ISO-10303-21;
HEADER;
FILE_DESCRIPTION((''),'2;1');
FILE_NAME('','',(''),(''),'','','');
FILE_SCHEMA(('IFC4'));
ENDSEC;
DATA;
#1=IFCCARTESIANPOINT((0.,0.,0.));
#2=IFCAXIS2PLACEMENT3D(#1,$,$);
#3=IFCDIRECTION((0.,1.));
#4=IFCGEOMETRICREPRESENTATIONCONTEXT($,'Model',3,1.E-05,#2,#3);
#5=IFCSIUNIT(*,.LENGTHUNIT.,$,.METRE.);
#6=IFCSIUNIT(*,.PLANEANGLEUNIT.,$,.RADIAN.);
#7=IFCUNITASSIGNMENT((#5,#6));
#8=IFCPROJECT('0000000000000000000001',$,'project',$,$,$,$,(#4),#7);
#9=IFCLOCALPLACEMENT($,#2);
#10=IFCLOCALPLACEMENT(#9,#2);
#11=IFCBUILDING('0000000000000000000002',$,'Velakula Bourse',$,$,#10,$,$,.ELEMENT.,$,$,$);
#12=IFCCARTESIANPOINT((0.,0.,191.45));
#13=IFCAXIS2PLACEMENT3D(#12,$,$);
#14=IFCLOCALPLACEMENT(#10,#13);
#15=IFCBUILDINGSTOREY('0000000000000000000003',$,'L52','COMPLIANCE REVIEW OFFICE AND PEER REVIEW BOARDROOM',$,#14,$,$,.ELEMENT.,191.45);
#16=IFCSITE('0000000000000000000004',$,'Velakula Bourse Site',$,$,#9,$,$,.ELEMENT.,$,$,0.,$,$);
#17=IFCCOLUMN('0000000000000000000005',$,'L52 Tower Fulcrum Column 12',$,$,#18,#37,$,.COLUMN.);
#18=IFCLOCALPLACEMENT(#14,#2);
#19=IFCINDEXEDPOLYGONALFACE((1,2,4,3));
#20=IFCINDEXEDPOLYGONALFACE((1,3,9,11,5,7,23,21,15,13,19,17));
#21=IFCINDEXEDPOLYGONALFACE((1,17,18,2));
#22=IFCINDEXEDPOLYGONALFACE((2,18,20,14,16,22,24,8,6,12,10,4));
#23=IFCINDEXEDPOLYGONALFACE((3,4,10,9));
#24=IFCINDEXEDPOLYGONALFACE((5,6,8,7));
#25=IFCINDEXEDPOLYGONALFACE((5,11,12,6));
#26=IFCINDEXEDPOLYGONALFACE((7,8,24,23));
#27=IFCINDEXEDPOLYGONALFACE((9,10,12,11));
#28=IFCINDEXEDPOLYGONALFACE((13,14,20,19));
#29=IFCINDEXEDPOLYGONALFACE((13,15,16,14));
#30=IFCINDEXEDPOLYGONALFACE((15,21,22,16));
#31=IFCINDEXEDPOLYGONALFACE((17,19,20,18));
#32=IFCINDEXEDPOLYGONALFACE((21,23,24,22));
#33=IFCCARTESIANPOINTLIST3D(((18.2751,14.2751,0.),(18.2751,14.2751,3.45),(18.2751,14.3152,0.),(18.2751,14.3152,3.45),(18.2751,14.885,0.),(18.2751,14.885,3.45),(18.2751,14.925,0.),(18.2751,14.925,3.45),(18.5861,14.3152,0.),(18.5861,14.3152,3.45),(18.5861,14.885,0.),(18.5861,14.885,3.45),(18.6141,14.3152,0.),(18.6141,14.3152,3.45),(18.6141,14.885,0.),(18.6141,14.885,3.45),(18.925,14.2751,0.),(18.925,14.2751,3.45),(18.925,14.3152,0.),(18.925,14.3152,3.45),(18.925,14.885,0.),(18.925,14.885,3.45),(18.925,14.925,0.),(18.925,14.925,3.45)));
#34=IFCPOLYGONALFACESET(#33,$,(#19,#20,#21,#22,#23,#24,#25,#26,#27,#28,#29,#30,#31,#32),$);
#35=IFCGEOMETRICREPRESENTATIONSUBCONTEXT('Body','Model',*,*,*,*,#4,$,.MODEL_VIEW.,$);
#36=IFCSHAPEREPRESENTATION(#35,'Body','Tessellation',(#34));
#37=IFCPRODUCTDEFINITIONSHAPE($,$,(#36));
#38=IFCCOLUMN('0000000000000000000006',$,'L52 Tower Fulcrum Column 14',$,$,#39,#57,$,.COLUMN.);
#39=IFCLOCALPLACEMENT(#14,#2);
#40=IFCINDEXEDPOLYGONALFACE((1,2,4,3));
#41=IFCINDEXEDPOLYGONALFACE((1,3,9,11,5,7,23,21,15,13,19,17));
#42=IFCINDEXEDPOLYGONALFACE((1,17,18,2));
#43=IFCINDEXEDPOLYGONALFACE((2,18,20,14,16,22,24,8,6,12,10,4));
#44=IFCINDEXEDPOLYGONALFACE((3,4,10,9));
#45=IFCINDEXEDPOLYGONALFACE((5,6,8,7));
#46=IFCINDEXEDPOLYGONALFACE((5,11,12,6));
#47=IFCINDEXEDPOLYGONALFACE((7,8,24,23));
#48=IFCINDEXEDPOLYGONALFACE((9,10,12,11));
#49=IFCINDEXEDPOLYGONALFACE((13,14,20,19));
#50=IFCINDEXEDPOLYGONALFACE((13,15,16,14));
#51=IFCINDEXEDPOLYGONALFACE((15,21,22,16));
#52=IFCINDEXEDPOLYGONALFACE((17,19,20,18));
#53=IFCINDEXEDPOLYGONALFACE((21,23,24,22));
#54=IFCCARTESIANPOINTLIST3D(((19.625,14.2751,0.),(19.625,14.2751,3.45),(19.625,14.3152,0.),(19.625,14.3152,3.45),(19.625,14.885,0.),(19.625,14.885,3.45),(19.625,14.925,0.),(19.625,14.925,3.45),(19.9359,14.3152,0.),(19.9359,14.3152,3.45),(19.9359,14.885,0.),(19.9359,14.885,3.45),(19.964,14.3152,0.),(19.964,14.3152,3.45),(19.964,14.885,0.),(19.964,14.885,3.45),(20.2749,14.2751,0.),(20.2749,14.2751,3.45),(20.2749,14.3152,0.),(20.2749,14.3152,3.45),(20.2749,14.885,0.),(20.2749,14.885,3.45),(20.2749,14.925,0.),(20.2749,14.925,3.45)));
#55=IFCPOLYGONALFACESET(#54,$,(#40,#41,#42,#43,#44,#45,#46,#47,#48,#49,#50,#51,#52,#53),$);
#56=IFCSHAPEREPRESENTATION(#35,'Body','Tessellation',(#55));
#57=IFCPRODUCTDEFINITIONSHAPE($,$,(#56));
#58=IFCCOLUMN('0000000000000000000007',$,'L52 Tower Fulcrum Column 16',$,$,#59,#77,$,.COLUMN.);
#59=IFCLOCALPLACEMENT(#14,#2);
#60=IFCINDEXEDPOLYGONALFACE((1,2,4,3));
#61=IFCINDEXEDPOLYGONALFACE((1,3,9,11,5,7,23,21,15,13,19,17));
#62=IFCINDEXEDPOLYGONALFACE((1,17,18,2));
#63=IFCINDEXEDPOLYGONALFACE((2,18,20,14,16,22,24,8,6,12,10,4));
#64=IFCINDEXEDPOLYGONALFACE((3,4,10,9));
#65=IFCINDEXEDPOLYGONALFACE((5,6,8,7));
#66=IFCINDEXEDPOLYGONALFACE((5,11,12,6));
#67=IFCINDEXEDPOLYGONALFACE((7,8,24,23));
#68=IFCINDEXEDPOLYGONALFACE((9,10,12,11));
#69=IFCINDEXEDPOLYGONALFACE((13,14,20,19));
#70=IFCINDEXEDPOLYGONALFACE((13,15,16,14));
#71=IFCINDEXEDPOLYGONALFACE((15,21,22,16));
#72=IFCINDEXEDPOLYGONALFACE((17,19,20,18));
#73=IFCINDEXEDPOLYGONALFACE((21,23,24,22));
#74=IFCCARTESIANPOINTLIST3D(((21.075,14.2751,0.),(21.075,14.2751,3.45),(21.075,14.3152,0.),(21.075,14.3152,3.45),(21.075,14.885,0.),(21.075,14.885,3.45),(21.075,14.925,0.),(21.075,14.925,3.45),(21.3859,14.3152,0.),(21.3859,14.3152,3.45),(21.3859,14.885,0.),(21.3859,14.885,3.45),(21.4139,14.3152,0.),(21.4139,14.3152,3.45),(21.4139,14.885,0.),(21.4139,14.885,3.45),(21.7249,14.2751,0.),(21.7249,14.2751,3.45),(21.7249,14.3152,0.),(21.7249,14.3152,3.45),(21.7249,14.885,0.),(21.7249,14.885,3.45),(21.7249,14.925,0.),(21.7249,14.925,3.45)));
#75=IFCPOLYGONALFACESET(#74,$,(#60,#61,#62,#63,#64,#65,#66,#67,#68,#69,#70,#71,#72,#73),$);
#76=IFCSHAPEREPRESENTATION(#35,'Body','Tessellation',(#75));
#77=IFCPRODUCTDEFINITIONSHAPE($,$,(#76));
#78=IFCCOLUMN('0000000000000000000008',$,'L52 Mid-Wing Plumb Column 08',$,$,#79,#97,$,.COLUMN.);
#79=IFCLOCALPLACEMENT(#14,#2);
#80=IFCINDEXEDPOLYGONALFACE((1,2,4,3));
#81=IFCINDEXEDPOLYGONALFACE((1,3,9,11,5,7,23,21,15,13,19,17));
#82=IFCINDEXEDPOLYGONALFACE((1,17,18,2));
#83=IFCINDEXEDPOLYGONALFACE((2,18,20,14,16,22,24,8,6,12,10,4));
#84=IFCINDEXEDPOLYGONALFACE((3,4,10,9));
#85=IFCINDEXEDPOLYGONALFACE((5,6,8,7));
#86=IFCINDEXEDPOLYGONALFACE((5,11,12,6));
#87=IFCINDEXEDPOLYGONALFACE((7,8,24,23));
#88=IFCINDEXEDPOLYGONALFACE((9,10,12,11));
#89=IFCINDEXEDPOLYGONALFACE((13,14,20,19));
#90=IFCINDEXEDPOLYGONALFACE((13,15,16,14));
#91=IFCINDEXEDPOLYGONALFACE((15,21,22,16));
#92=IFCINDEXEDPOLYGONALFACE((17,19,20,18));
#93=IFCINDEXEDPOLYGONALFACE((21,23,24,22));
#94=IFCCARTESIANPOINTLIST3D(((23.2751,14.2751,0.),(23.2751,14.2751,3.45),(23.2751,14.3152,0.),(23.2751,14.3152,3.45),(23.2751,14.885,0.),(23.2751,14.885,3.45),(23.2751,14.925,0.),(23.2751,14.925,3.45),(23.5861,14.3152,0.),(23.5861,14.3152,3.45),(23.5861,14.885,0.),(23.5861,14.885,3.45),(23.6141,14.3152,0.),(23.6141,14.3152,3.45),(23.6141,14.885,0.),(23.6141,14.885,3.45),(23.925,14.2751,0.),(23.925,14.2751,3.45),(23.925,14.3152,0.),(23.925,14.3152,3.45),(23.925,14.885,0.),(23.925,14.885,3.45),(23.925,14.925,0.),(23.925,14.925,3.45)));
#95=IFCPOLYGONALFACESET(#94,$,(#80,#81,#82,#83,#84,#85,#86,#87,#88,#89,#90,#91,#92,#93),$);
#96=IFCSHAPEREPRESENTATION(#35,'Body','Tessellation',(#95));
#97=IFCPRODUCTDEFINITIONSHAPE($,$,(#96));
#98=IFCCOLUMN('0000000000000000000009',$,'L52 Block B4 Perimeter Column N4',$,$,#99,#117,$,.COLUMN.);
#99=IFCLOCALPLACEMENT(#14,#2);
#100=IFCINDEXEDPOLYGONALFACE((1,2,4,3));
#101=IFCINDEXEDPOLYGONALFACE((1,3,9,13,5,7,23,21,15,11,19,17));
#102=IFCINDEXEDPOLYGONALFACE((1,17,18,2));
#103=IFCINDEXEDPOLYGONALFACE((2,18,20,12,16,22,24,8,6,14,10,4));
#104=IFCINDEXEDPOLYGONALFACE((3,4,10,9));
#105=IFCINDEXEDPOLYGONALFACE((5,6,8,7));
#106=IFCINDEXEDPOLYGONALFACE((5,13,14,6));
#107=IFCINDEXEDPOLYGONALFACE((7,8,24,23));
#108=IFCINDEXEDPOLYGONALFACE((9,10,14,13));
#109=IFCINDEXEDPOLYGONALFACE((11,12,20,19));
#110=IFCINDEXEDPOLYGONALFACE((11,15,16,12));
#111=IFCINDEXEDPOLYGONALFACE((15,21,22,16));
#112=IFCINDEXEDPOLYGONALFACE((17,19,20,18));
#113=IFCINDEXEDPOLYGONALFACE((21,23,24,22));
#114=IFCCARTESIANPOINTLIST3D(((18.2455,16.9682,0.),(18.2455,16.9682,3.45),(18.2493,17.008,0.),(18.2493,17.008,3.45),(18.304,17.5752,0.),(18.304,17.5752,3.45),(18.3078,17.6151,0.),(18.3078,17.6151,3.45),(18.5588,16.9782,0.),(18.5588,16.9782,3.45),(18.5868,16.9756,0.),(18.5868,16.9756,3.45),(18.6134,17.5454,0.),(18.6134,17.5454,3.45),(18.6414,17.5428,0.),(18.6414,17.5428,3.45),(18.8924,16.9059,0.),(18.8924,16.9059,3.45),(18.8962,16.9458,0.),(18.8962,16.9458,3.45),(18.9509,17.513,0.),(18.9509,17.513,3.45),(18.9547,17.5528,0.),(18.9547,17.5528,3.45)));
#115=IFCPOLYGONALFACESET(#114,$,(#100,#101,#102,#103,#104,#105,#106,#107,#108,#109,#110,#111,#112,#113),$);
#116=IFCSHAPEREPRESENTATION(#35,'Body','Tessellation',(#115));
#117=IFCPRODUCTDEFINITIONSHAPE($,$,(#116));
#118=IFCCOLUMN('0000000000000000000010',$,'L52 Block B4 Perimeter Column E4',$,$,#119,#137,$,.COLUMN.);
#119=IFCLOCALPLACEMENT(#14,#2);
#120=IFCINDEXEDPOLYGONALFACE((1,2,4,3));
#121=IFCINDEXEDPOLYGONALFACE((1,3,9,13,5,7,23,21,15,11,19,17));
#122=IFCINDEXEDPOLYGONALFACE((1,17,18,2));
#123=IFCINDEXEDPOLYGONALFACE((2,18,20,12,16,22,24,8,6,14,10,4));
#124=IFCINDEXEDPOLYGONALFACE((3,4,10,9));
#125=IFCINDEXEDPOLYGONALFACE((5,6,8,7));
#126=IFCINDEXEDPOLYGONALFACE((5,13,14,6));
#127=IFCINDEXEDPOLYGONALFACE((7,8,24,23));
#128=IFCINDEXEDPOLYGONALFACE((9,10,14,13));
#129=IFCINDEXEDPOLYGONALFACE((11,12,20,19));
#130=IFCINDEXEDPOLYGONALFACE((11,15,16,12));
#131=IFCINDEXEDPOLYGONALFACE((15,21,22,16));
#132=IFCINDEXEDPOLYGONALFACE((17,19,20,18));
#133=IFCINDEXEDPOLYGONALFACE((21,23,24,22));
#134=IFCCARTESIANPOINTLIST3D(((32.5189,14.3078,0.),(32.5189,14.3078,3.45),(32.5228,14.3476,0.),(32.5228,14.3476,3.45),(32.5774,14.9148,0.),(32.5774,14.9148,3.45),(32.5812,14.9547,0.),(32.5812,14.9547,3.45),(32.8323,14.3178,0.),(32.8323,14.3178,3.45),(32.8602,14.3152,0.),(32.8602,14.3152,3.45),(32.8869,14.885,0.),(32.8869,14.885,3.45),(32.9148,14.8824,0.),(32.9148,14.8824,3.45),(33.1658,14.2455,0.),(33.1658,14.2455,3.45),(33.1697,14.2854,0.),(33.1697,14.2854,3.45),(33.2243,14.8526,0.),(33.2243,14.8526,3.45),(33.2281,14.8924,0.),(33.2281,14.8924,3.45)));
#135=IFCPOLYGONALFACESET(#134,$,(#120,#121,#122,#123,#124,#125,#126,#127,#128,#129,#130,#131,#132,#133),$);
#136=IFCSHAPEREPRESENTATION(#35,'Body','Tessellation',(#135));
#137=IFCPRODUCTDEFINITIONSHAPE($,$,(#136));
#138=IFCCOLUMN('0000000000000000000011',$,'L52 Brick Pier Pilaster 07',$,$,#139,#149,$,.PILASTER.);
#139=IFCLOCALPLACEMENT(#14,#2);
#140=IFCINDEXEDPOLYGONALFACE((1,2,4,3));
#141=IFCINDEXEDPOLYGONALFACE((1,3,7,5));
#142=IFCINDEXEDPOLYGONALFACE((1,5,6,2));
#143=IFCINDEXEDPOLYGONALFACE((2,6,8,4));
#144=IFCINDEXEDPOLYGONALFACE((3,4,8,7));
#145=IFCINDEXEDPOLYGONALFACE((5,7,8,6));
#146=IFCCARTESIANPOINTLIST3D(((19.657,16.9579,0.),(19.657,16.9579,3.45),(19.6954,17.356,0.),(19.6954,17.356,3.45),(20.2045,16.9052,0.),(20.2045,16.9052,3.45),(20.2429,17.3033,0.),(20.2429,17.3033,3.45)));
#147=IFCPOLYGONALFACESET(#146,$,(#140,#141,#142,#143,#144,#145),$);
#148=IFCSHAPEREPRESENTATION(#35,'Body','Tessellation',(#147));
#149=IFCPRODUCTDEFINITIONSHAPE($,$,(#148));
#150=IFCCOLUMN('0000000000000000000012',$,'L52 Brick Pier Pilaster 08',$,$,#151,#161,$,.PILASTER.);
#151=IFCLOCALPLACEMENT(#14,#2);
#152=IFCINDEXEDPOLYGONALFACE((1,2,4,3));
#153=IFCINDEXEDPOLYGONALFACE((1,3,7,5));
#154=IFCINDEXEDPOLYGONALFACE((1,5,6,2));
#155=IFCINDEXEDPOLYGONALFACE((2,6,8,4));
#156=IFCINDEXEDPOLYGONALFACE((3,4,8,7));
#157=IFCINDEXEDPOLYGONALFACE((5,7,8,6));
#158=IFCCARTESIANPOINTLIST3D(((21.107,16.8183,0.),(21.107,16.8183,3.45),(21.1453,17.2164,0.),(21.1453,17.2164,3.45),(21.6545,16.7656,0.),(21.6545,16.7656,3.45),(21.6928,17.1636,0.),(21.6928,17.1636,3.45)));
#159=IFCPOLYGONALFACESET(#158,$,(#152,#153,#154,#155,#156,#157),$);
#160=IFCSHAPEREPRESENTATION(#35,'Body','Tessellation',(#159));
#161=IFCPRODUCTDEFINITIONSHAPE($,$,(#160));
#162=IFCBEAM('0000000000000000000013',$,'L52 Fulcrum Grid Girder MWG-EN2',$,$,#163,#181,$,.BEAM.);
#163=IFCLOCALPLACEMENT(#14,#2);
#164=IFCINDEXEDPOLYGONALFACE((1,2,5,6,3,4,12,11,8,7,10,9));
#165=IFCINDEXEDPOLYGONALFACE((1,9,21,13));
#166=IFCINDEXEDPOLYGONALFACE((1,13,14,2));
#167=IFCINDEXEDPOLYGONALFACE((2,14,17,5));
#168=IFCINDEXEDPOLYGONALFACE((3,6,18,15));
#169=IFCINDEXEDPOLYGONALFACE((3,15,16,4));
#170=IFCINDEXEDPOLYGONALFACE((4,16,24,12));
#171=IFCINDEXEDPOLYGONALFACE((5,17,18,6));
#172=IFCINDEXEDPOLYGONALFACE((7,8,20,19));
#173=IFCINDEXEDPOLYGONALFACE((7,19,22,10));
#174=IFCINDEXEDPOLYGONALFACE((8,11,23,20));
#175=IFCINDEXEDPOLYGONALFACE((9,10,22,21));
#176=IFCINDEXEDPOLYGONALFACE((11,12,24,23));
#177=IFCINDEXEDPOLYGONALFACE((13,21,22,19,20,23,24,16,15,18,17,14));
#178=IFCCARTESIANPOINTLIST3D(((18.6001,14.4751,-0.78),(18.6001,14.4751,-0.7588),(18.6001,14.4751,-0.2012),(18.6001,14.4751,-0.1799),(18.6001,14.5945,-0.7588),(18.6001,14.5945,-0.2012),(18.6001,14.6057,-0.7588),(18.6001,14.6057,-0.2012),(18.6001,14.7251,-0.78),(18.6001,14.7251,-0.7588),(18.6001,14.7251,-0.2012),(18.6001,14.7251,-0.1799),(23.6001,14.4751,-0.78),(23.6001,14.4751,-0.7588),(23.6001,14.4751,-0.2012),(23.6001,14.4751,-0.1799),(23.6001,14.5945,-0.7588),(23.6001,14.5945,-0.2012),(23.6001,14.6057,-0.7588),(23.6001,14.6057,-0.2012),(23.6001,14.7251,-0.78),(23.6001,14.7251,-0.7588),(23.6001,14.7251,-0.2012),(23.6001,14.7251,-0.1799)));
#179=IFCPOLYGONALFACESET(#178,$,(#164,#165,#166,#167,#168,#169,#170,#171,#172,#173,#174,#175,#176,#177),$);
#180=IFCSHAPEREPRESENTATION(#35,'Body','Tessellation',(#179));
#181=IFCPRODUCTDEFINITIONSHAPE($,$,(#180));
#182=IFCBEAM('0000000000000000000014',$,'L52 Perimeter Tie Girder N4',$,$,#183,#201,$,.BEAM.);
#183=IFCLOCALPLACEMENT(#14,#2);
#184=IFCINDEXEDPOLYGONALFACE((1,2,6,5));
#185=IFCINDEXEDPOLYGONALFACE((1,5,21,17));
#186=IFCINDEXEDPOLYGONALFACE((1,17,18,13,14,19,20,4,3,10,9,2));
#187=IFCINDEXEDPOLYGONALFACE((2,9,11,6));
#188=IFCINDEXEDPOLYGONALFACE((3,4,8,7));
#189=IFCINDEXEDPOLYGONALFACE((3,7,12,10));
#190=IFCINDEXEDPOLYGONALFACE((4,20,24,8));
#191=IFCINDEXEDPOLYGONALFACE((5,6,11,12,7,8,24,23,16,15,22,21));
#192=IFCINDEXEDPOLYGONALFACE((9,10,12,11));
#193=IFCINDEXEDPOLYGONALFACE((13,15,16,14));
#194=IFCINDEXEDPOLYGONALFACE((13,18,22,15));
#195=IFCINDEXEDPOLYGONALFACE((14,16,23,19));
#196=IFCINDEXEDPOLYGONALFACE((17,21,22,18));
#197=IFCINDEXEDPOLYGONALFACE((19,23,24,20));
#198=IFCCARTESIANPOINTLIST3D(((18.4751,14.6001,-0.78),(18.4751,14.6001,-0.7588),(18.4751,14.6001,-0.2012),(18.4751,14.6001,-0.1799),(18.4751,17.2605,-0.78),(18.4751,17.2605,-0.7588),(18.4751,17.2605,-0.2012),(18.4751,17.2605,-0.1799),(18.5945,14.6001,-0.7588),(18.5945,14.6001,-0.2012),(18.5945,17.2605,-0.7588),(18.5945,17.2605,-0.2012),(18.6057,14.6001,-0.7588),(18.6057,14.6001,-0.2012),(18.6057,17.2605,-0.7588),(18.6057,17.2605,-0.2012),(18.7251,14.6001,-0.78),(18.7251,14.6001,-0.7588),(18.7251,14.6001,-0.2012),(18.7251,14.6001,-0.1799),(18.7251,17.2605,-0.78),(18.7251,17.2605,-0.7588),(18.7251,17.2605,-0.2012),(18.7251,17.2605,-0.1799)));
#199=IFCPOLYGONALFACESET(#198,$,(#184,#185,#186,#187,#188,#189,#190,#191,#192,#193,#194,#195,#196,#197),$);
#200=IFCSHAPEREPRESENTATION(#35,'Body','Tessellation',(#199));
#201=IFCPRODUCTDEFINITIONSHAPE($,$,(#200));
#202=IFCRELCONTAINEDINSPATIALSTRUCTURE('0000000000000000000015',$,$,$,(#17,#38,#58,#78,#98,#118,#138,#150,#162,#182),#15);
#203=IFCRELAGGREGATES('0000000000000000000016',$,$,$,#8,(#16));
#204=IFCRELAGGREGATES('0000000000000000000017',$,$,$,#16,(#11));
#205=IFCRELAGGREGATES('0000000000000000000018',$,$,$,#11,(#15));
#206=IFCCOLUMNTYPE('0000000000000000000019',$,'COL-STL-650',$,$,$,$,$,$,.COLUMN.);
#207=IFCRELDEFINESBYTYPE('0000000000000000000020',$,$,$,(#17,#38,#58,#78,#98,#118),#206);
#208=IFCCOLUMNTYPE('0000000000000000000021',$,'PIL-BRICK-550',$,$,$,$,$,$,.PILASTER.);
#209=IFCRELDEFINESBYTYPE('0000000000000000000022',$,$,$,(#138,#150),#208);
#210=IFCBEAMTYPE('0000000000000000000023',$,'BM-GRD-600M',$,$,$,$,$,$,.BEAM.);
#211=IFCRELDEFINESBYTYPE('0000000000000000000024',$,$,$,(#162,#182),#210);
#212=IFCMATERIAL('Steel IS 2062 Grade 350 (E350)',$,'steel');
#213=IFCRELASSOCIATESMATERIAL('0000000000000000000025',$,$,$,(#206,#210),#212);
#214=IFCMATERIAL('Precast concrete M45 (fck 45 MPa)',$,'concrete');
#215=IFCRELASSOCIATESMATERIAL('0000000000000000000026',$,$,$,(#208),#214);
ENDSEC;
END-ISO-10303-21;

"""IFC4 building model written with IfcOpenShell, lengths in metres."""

from ifc_helpers import new_model, si_unit, direction, frame, origin, origin_2d, place, context, subcontext, project, spatial, rectangle, i_section, extrude, material, material_profile, profile_set, type_object, element, save


model = new_model("IFC4")

# Units and contexts
model_context = context("Model", 3, precision=1e-05, world=origin(), true_north=direction((0.0, 1.0)))
body_context = subcontext(model_context, "Body", "Model", "MODEL_VIEW")
ifc_project = project(units=[si_unit("LENGTHUNIT", "METRE"), si_unit("PLANEANGLEUNIT", "RADIAN")], contexts=[model_context])

# Site, building, storey
site_placement = place(None, origin())
site = spatial("IfcSite", under=ifc_project, at=site_placement, Name="Velakula Bourse Site", CompositionType="ELEMENT", RefElevation=0.0)
building_placement = place(site_placement, origin())
building = spatial("IfcBuilding", under=site, at=building_placement, Name="Velakula Bourse", CompositionType="ELEMENT")
storey_placement = place(building_placement, frame((0.0, 0.0, 191.45)))
storey = spatial("IfcBuildingStorey", under=building, at=storey_placement, Name="L52", Description="COMPLIANCE REVIEW OFFICE AND PEER REVIEW BOARDROOM", CompositionType="ELEMENT", Elevation=191.45)

# Columns
ifc_material_1 = material(Name="Steel IS 2062 Grade 350 (E350)", Category="steel")
ifc_material_profile_1 = material_profile(ifc_material_1, i_section(OverallWidth=0.6499, OverallDepth=0.6499, WebThickness=0.0281, FlangeThickness=0.04, at=origin_2d()), Name="Steel IS 2062 Grade 350 (E350)")
ifc_profile_set_1 = profile_set([ifc_material_profile_1], Name="Steel IS 2062 Grade 350 (E350)")
column_type_1 = type_object("IfcColumnType", Name="COL-STL-650", PredefinedType="COLUMN", material=ifc_profile_set_1)
for number, where, z_axis, x_axis, name in (
    (1, (18.6001, 14.6001, 0.0), (0.0, 0.0, 1.0), (1.0, 0.0, 0.0), "L52 Tower Fulcrum Column 12"),
    (2, (19.95, 14.6001, 0.0), (0.0, 0.0, 1.0), (1.0, 0.0, 0.0), "L52 Tower Fulcrum Column 14"),
    (3, (21.3999, 14.6001, 0.0), (0.0, 0.0, 1.0), (1.0, 0.0, 0.0), "L52 Tower Fulcrum Column 16"),
    (4, (23.6001, 14.6001, 0.0), (0.0, 0.0, 1.0), (1.0, 0.0, 0.0), "L52 Mid-Wing Plumb Column 08"),
    (5, (18.6001, 17.2605, 0.0), (0.0, 0.0, 1.0), (0.995396, -0.095846, 0.0), "L52 Block B4 Perimeter Column N4"),
    (6, (32.8735, 14.6001, 0.0), (0.0, 0.0, 1.0), (0.995396, -0.095846, 0.0), "L52 Block B4 Perimeter Column E4"),
):
    element("IfcColumn", number, at=place(storey_placement, frame(where, z_axis=z_axis, x_axis=x_axis)), inside=storey, type_object=column_type_1, Name=name, PredefinedType="COLUMN", context=body_context, shape_type="SweptSolid", body=[
        extrude(i_section(OverallWidth=0.6499, OverallDepth=0.6499, WebThickness=0.0281, FlangeThickness=0.04, at=origin_2d()), origin(), (0.0, 0.0, 1.0), 3.45),
    ])
ifc_material_2 = material(Name="Precast concrete M45 (fck 45 MPa)", Category="concrete")
ifc_material_profile_2 = material_profile(ifc_material_2, rectangle(XDim=0.55, YDim=0.3999, at=origin_2d()), Name="Precast concrete M45 (fck 45 MPa)")
ifc_profile_set_2 = profile_set([ifc_material_profile_2], Name="Precast concrete M45 (fck 45 MPa)")
column_type_2 = type_object("IfcColumnType", Name="PIL-BRICK-550", PredefinedType="PILASTER", material=ifc_profile_set_2)
for number, where, z_axis, x_axis, name in (
    (7, (19.95, 17.1306, 0.0), (0.0, 0.0, 1.0), (0.995396, -0.095846, 0.0), "L52 Brick Pier Pilaster 07"),
    (8, (21.3999, 16.991, 0.0), (0.0, 0.0, 1.0), (0.995396, -0.095846, 0.0), "L52 Brick Pier Pilaster 08"),
):
    element("IfcColumn", number, at=place(storey_placement, frame(where, z_axis=z_axis, x_axis=x_axis)), inside=storey, type_object=column_type_2, Name=name, PredefinedType="PILASTER", context=body_context, shape_type="SweptSolid", body=[
        extrude(rectangle(XDim=0.55, YDim=0.3999, at=origin_2d()), origin(), (0.0, 0.0, 1.0), 3.45),
    ])

# Beams
ifc_material_profile_3 = material_profile(ifc_material_1, i_section(OverallWidth=0.25, OverallDepth=0.6001, WebThickness=0.0112, FlangeThickness=0.0212, at=origin_2d()), Name="Steel IS 2062 Grade 350 (E350)")
ifc_profile_set_3 = profile_set([ifc_material_profile_3], Name="Steel IS 2062 Grade 350 (E350)")
beam_type_1 = type_object("IfcBeamType", Name="BM-GRD-600M", PredefinedType="BEAM", material=ifc_profile_set_3)
beam_1_placement = place(storey_placement, frame((18.6001, 14.6001, -0.48), z_axis=(1.0, 0.0, 0.0), x_axis=(0.0, 1.0, 0.0)))
element("IfcBeam", 9, at=beam_1_placement, inside=storey, type_object=beam_type_1, Name="L52 Fulcrum Grid Girder MWG-EN2", PredefinedType="BEAM", context=body_context, shape_type="SweptSolid", body=[
    extrude(i_section(OverallWidth=0.25, OverallDepth=0.6001, WebThickness=0.0112, FlangeThickness=0.0212, at=origin_2d()), origin(), (0.0, 0.0, 1.0), 5.0),
])
beam_2_placement = place(storey_placement, frame((18.6001, 14.6001, -0.48), z_axis=(0.0, 1.0, 0.0), x_axis=(-1.0, 0.0, 0.0)))
element("IfcBeam", 10, at=beam_2_placement, inside=storey, type_object=beam_type_1, Name="L52 Perimeter Tie Girder N4", PredefinedType="BEAM", context=body_context, shape_type="SweptSolid", body=[
    extrude(i_section(OverallWidth=0.25, OverallDepth=0.6001, WebThickness=0.0112, FlangeThickness=0.0212, at=origin_2d()), origin(), (0.0, 0.0, 1.0), 2.6604),
])

save(model, "model.ifc")
